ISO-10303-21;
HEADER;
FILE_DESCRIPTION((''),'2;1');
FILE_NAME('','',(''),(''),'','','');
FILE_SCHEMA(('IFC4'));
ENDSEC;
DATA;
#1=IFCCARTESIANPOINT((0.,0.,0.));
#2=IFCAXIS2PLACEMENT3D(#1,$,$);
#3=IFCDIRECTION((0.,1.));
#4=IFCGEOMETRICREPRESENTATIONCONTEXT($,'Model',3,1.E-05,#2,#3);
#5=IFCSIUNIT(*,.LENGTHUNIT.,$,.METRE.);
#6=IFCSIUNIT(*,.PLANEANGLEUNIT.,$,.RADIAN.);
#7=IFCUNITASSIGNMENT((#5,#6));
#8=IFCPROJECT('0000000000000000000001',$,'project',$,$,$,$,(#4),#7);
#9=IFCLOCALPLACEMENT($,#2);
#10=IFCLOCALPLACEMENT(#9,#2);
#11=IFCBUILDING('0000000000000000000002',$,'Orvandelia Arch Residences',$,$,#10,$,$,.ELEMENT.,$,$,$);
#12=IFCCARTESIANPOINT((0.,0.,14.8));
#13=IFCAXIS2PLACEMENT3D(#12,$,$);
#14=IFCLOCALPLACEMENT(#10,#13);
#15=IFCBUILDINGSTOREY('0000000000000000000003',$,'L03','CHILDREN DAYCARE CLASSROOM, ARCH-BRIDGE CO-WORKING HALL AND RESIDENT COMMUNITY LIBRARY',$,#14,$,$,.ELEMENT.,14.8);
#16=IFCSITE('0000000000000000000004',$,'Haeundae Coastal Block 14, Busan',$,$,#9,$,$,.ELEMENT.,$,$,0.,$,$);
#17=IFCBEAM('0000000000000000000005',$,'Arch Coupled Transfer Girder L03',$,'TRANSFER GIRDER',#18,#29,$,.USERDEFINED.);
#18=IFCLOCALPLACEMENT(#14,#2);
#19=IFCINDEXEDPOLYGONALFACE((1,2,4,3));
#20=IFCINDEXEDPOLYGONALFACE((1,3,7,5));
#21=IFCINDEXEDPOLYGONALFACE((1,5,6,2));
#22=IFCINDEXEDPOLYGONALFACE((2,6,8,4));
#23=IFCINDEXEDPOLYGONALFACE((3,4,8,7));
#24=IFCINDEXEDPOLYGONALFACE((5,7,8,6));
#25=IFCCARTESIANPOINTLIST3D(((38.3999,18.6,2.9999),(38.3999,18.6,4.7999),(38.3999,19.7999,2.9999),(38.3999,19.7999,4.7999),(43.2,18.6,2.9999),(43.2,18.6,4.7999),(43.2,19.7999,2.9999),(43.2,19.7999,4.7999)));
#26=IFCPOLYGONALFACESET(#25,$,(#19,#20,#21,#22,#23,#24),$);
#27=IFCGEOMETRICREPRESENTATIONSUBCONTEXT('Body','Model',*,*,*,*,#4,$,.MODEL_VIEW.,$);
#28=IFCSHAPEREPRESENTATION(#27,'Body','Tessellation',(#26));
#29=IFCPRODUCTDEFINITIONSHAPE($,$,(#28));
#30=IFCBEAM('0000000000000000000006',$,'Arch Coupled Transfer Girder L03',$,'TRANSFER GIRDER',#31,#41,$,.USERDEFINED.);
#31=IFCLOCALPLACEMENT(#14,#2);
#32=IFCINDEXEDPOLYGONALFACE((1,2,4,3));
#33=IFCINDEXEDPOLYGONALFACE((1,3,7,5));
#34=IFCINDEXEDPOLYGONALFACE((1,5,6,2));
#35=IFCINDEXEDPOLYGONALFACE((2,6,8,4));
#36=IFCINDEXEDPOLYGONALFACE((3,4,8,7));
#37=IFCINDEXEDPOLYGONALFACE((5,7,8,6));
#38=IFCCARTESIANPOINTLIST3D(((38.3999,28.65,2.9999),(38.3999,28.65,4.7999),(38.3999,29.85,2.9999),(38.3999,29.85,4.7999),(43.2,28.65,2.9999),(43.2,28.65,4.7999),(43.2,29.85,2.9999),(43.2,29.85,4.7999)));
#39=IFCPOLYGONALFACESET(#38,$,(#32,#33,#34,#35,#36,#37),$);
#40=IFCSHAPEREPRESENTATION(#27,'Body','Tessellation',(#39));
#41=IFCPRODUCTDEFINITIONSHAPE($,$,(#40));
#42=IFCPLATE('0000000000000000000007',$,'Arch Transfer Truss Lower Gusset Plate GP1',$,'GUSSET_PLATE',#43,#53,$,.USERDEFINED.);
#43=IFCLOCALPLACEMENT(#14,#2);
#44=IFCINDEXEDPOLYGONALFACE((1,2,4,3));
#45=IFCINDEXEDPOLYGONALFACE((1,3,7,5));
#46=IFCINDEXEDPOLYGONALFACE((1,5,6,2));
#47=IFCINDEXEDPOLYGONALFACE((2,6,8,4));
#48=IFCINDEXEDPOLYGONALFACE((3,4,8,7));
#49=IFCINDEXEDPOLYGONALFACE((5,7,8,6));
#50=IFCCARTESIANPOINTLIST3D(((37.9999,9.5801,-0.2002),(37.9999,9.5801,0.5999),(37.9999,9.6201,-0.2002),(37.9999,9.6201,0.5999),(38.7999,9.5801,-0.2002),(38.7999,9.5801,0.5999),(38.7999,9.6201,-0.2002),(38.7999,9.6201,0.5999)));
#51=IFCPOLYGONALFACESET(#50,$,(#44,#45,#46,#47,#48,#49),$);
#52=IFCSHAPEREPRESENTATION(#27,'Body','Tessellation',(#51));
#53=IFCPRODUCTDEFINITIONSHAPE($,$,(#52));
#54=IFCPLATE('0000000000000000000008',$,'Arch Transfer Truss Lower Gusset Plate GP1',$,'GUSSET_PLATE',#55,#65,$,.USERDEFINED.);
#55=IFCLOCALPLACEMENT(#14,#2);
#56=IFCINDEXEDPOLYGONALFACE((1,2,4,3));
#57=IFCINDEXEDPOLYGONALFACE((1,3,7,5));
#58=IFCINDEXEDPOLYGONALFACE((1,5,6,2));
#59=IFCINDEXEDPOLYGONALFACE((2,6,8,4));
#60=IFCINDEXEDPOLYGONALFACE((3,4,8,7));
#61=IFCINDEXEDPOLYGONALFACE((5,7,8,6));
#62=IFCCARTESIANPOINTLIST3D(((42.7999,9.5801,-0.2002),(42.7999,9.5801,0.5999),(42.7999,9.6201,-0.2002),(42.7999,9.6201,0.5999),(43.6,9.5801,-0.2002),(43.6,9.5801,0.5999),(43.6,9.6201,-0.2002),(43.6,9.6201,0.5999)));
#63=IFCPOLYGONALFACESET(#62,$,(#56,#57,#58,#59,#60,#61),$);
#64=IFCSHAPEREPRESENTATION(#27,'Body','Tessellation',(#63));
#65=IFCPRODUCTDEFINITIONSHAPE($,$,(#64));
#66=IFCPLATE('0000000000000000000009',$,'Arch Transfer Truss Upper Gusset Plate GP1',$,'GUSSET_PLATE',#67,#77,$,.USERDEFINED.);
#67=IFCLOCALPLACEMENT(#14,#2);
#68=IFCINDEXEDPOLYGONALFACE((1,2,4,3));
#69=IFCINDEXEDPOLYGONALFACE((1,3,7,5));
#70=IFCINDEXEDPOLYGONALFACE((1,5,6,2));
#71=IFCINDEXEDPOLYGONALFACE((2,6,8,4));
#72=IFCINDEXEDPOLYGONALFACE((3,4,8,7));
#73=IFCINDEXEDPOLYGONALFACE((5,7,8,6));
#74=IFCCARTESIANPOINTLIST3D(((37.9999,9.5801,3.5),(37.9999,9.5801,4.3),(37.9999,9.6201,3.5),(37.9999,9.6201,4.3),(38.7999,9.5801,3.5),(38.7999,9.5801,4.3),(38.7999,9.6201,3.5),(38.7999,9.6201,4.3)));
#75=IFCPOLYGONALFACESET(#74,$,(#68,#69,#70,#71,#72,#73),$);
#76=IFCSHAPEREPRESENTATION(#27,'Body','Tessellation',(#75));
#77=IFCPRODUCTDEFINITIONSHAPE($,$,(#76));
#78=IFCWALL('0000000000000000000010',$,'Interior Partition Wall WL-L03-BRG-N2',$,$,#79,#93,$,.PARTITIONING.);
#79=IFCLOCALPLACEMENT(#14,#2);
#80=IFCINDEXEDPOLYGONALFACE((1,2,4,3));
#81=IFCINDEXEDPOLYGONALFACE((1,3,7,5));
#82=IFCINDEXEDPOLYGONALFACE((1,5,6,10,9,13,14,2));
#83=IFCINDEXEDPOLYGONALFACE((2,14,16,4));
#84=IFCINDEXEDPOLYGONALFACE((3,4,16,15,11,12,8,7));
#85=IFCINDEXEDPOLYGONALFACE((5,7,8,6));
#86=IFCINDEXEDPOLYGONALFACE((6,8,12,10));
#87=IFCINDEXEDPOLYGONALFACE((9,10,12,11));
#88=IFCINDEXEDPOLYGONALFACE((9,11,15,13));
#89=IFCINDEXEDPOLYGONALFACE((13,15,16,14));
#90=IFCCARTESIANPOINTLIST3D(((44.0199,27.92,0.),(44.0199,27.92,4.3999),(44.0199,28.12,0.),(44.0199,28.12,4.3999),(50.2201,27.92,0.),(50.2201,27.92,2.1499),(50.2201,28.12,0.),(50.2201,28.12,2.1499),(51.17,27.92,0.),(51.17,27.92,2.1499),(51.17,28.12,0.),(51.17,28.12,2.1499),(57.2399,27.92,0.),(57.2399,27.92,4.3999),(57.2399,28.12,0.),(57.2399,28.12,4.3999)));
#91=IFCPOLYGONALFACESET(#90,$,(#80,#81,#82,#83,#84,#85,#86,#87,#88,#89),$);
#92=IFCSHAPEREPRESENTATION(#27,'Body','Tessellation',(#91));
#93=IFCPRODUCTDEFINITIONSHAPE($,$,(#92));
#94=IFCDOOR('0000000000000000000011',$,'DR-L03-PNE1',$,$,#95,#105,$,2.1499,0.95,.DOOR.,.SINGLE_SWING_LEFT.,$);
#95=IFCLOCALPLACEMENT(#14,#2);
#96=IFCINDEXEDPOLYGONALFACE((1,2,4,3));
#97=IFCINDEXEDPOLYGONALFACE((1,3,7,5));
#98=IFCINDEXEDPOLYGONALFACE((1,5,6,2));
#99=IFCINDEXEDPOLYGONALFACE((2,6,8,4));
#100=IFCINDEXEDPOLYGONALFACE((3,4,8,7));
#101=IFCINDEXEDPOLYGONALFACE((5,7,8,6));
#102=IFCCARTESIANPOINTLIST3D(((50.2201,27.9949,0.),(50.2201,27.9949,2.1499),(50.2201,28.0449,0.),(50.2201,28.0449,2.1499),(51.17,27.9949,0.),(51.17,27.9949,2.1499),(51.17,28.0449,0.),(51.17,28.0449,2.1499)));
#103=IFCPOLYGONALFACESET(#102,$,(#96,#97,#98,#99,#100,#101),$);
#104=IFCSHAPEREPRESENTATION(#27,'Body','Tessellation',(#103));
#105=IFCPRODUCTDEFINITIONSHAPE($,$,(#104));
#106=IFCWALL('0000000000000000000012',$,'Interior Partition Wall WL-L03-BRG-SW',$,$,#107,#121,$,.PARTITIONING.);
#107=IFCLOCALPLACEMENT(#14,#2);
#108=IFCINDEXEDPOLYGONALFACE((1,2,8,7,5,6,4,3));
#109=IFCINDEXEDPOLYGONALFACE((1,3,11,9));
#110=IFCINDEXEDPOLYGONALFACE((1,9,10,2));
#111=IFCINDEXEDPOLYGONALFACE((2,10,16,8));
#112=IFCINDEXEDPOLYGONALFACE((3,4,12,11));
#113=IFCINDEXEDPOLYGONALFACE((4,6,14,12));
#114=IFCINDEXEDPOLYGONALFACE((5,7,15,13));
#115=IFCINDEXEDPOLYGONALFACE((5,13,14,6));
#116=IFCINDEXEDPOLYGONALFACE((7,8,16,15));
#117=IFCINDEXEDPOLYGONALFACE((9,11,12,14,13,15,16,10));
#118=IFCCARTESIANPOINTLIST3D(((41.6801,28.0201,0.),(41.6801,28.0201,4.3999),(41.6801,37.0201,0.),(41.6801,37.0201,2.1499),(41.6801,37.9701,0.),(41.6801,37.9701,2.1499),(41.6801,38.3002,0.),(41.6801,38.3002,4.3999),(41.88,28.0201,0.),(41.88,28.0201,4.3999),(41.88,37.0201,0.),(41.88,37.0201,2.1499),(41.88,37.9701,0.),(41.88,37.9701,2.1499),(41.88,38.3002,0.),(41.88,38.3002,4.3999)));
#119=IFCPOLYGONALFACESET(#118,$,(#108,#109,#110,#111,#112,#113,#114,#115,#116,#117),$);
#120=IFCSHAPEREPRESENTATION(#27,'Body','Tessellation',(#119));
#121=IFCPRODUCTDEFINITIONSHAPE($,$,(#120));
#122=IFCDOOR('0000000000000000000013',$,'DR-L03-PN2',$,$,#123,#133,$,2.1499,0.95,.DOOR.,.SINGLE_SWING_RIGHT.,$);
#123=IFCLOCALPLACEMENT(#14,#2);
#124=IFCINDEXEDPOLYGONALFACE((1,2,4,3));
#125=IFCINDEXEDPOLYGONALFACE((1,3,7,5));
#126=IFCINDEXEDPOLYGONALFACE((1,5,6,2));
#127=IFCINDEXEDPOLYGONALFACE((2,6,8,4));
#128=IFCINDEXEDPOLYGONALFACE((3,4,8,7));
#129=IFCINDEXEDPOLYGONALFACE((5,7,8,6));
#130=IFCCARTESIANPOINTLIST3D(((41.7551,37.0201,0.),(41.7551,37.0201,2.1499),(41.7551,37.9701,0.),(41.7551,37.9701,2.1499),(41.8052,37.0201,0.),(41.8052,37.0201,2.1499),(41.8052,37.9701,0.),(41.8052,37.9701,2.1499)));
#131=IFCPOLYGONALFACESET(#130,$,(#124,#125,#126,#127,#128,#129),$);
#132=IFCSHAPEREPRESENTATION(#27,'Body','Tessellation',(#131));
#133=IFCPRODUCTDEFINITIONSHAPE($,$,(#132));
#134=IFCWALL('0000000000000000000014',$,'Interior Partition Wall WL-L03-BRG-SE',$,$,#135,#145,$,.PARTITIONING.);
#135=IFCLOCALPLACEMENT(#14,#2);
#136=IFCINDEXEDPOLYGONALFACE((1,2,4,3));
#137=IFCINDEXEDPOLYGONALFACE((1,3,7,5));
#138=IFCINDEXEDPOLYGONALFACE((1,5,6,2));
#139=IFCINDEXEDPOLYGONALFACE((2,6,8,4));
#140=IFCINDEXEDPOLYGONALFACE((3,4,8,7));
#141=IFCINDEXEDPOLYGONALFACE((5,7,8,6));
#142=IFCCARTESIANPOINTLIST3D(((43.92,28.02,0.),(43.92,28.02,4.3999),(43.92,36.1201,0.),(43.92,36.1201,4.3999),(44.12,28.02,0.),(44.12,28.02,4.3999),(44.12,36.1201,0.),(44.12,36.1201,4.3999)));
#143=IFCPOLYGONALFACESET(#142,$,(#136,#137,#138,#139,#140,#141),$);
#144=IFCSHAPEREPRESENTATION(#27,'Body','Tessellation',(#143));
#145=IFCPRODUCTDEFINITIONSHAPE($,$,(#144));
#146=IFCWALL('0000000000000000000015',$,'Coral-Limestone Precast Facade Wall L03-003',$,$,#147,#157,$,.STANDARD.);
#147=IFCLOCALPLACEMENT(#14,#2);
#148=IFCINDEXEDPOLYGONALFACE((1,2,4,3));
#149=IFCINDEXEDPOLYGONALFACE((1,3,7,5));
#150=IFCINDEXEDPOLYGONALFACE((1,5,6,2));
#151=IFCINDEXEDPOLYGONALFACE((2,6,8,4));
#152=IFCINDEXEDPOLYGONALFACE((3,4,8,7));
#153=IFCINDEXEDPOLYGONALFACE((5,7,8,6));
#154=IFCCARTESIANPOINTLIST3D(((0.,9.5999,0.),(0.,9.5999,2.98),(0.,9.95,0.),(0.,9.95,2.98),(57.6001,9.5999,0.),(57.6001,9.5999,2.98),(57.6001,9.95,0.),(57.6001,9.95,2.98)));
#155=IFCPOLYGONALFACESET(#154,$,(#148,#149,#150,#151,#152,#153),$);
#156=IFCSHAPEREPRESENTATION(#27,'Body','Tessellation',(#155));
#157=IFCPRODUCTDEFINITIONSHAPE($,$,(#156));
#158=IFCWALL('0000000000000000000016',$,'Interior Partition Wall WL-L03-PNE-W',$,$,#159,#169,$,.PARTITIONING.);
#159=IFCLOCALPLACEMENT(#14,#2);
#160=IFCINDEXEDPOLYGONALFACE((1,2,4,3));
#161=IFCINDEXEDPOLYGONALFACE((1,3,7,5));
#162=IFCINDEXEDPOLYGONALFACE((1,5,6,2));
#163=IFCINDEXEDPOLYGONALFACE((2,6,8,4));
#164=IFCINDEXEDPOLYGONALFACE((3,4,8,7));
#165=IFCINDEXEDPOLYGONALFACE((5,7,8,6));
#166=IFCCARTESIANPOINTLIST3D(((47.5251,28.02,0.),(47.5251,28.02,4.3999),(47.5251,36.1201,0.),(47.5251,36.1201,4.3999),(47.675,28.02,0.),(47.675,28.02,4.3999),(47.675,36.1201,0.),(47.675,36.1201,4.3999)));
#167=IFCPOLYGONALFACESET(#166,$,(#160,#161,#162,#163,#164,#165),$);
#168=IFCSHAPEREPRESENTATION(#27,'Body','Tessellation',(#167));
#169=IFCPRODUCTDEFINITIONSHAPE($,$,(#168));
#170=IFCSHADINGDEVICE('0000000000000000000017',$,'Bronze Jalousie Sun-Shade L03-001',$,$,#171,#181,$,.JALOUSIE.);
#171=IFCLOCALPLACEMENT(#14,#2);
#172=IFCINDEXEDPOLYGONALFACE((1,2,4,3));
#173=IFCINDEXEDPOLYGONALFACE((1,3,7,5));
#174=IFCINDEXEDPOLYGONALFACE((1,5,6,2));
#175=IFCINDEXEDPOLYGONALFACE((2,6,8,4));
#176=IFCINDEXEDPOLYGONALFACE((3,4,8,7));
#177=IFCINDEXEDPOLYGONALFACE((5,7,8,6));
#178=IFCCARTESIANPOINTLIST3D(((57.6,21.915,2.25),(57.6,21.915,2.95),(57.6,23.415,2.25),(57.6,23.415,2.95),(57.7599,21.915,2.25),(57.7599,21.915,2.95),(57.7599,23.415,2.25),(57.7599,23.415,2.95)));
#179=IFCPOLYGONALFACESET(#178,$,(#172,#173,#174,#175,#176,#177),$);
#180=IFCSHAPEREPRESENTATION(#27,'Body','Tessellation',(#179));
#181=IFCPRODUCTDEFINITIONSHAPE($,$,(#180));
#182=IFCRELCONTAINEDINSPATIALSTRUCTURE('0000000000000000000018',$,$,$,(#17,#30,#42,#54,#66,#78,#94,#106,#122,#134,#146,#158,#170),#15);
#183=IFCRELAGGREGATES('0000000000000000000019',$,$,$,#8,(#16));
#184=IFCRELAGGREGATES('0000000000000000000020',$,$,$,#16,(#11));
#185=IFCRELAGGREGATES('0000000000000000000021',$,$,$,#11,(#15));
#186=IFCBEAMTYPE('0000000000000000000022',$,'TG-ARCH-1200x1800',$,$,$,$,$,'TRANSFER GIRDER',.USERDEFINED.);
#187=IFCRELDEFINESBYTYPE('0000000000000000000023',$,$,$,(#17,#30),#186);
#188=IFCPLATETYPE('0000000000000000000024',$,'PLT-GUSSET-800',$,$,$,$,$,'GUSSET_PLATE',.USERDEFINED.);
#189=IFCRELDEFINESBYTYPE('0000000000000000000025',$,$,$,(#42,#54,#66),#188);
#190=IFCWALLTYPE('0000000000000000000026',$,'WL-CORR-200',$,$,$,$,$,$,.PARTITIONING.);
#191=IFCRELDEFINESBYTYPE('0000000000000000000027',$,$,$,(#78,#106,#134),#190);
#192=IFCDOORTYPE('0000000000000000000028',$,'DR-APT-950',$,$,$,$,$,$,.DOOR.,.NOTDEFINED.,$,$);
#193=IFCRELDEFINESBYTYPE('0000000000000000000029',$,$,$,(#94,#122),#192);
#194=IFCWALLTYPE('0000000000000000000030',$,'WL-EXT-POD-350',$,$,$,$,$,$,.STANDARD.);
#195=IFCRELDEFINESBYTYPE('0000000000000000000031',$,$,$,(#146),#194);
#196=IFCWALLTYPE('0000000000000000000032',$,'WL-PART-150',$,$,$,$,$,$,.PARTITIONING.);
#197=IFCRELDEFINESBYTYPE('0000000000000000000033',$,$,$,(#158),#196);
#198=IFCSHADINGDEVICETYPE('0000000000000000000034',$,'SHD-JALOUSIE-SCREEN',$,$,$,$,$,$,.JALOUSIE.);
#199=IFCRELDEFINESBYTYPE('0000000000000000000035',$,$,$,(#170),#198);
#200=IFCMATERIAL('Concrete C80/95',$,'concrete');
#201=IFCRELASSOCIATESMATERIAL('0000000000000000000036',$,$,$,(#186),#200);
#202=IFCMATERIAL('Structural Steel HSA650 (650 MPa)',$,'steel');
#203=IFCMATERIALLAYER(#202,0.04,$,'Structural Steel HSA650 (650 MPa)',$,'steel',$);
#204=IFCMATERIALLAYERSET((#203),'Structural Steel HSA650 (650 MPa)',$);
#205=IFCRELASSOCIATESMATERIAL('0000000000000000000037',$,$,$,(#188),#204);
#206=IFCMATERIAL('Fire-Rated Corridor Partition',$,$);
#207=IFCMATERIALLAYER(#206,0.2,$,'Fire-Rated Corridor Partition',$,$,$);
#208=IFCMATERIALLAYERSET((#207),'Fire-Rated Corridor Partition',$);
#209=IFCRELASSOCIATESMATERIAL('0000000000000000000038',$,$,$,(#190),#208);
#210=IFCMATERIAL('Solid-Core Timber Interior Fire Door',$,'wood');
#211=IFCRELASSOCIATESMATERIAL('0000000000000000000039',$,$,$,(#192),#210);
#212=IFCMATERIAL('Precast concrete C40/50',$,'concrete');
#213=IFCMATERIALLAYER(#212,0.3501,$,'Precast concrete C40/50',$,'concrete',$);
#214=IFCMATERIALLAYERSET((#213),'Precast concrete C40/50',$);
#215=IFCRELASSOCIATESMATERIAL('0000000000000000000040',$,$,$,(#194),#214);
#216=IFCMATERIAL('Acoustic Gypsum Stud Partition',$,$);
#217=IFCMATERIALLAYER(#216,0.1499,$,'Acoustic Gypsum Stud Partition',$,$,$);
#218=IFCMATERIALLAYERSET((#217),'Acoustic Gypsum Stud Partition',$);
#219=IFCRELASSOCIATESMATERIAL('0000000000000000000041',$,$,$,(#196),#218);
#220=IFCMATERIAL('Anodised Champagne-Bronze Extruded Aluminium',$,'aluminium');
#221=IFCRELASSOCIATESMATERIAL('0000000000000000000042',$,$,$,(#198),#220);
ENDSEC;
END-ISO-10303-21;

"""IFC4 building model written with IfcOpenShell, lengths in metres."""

from ifc_helpers import new_model, si_unit, direction, frame, frame_2d, origin, origin_2d, place, context, subcontext, project, spatial, rectangle, extrude, material, layer, layer_set, material_profile, profile_set, type_object, element, fill, save


model = new_model("IFC4")

# Units and contexts
model_context = context("Model", 3, precision=1e-05, world=origin(), true_north=direction((0.0, 1.0)))
body_context = subcontext(model_context, "Body", "Model", "MODEL_VIEW")
ifc_project = project(units=[si_unit("LENGTHUNIT", "METRE"), si_unit("PLANEANGLEUNIT", "RADIAN")], contexts=[model_context])

# Site, building, storey
site_placement = place(None, origin())
site = spatial("IfcSite", under=ifc_project, at=site_placement, Name="Haeundae Coastal Block 14, Busan", CompositionType="ELEMENT", RefElevation=0.0)
building_placement = place(site_placement, origin())
building = spatial("IfcBuilding", under=site, at=building_placement, Name="Orvandelia Arch Residences", CompositionType="ELEMENT")
storey_placement = place(building_placement, frame((0.0, 0.0, 14.8)))
storey = spatial("IfcBuildingStorey", under=building, at=storey_placement, Name="L03", Description="CHILDREN DAYCARE CLASSROOM, ARCH-BRIDGE CO-WORKING HALL AND RESIDENT COMMUNITY LIBRARY", CompositionType="ELEMENT", Elevation=14.8)

# Shared definitions
ifc_material_1 = material(Name="Concrete C80/95", Category="concrete")
ifc_material_2 = material(Name="Structural Steel HSA650 (650 MPa)", Category="steel")

# Beams
ifc_material_profile_1 = material_profile(ifc_material_1, rectangle(XDim=1.2, YDim=1.8, at=origin_2d()), Name="Concrete C80/95", Category="concrete")
ifc_profile_set_1 = profile_set([ifc_material_profile_1], Name="Concrete C80/95")
beam_type_1 = type_object("IfcBeamType", Name="TG-ARCH-1200x1800", ElementType="TRANSFER GIRDER", PredefinedType="USERDEFINED", material=ifc_profile_set_1)
for number, where, z_axis, x_axis, name in (
    (1, (38.3999, 19.2, 3.8999), (1.0, 0.0, 0.0), (0.0, 1.0, 0.0), "Arch Coupled Transfer Girder L03"),
    (2, (38.3999, 29.25, 3.8999), (1.0, 0.0, 0.0), (0.0, 1.0, 0.0), "Arch Coupled Transfer Girder L03"),
):
    element("IfcBeam", number, at=place(storey_placement, frame(where, z_axis=z_axis, x_axis=x_axis)), inside=storey, type_object=beam_type_1, Name=name, ObjectType="TRANSFER GIRDER", PredefinedType="USERDEFINED", context=body_context, shape_type="SweptSolid", body=[
        extrude(rectangle(XDim=1.2, YDim=1.8, at=origin_2d()), origin(), (0.0, 0.0, 1.0), 4.8),
    ])

# Plates
ifc_layer_1 = layer(ifc_material_2, 0.04, Name="Structural Steel HSA650 (650 MPa)", Category="steel")
ifc_layer_set_1 = layer_set([ifc_layer_1], Name="Structural Steel HSA650 (650 MPa)")
plate_type = type_object("IfcPlateType", Name="PLT-GUSSET-800", ElementType="GUSSET_PLATE", PredefinedType="USERDEFINED", material=ifc_layer_set_1)
for number, where, z_axis, x_axis, name in (
    (3, (38.3999, 9.6001, -0.2002), (0.0, 0.0, 1.0), (1.0, 0.0, 0.0), "Arch Transfer Truss Lower Gusset Plate GP1"),
    (4, (43.2, 9.6001, -0.2002), (0.0, 0.0, 1.0), (1.0, 0.0, 0.0), "Arch Transfer Truss Lower Gusset Plate GP1"),
    (5, (38.3999, 9.6001, 3.5), (0.0, 0.0, 1.0), (1.0, 0.0, 0.0), "Arch Transfer Truss Upper Gusset Plate GP1"),
):
    element("IfcPlate", number, at=place(storey_placement, frame(where, z_axis=z_axis, x_axis=x_axis)), inside=storey, type_object=plate_type, Name=name, ObjectType="GUSSET_PLATE", PredefinedType="USERDEFINED", context=body_context, shape_type="SweptSolid", body=[
        extrude(rectangle(XDim=0.8, YDim=0.04, at=origin_2d()), origin(), (0.0, 0.0, 1.0), 0.8),
    ])

# Walls, openings, doors
ifc_material_3 = material(Name="Fire-Rated Corridor Partition")
ifc_layer_2 = layer(ifc_material_3, 0.2, Name="Fire-Rated Corridor Partition")
ifc_layer_set_2 = layer_set([ifc_layer_2], Name="Fire-Rated Corridor Partition")
wall_type_1 = type_object("IfcWallType", Name="WL-CORR-200", PredefinedType="PARTITIONING", material=ifc_layer_set_2)
wall_1_placement = place(storey_placement, frame((44.02, 28.02, 0.0), z_axis=(0.0, 0.0, 1.0), x_axis=(1.0, 0.0, 0.0)))
wall_1 = element("IfcWall", 6, at=wall_1_placement, inside=storey, type_object=wall_type_1, Name="Interior Partition Wall WL-L03-BRG-N2", PredefinedType="PARTITIONING", context=body_context, shape_type="SweptSolid", body=[
    extrude(rectangle(XDim=13.22, YDim=0.2, at=frame_2d((6.6099, 0.0))), origin(), (0.0, 0.0, 1.0), 4.3999),
])
opening_1_placement = place(wall_1_placement, frame((6.2, 0.0, 0.0)))
opening_1 = element("IfcOpeningElement", 7, at=opening_1_placement, cuts=wall_1, PredefinedType="OPENING", context=body_context, shape_type="SweptSolid", body=[
    extrude(rectangle(XDim=0.95, YDim=2.1499, at=frame_2d((0.4751, 1.075))), frame((0.0, 0.1099, 0.0), z_axis=(0.0, -1.0, 0.0), x_axis=(1.0, 0.0, 0.0)), (0.0, 0.0, 1.0), 0.22),
])
ifc_material_4 = material(Name="Solid-Core Timber Interior Fire Door", Category="wood")
door_type = type_object("IfcDoorType", Name="DR-APT-950", OperationType="NOTDEFINED", PredefinedType="DOOR", material=ifc_material_4)
door_1_placement = place(opening_1_placement, origin())
door_1 = element("IfcDoor", 8, at=door_1_placement, inside=storey, type_object=door_type, Name="DR-L03-PNE1", OperationType="SINGLE_SWING_LEFT", OverallHeight=2.1499, OverallWidth=0.95, PredefinedType="DOOR", context=body_context, shape_type="SweptSolid", body=[
    extrude(rectangle(XDim=0.95, YDim=2.1499, at=frame_2d((0.4751, 1.075))), frame((0.0, 0.0249, 0.0), z_axis=(0.0, -1.0, 0.0), x_axis=(1.0, 0.0, 0.0)), (0.0, 0.0, 1.0), 0.05),
])
fill(opening_1, door_1)
wall_2_placement = place(storey_placement, frame((41.78, 28.02, 0.0), z_axis=(0.0, 0.0, 1.0), x_axis=(0.0, 1.0, 0.0)))
wall_2 = element("IfcWall", 9, at=wall_2_placement, inside=storey, type_object=wall_type_1, Name="Interior Partition Wall WL-L03-BRG-SW", PredefinedType="PARTITIONING", context=body_context, shape_type="SweptSolid", body=[
    extrude(rectangle(XDim=10.28, YDim=0.2, at=frame_2d((5.1401, 0.0))), origin(), (0.0, 0.0, 1.0), 4.3999),
])
opening_2_placement = place(wall_2_placement, frame((9.0, 0.0, 0.0)))
opening_2 = element("IfcOpeningElement", 10, at=opening_2_placement, cuts=wall_2, PredefinedType="OPENING", context=body_context, shape_type="SweptSolid", body=[
    extrude(rectangle(XDim=0.95, YDim=2.1499, at=frame_2d((0.4751, 1.075))), frame((0.0, 0.1099, 0.0), z_axis=(0.0, -1.0, 0.0), x_axis=(1.0, 0.0, 0.0)), (0.0, 0.0, 1.0), 0.22),
])
door_2_placement = place(opening_2_placement, origin())
door_2 = element("IfcDoor", 11, at=door_2_placement, inside=storey, type_object=door_type, Name="DR-L03-PN2", OperationType="SINGLE_SWING_RIGHT", OverallHeight=2.1499, OverallWidth=0.95, PredefinedType="DOOR", context=body_context, shape_type="SweptSolid", body=[
    extrude(rectangle(XDim=0.95, YDim=2.1499, at=frame_2d((0.4751, 1.075))), frame((0.0, 0.0249, 0.0), z_axis=(0.0, -1.0, 0.0), x_axis=(1.0, 0.0, 0.0)), (0.0, 0.0, 1.0), 0.05),
])
fill(opening_2, door_2)

# Walls
wall_3_placement = place(storey_placement, frame((44.02, 28.02, 0.0), z_axis=(0.0, 0.0, 1.0), x_axis=(0.0, 1.0, 0.0)))
element("IfcWall", 12, at=wall_3_placement, inside=storey, type_object=wall_type_1, Name="Interior Partition Wall WL-L03-BRG-SE", PredefinedType="PARTITIONING", context=body_context, shape_type="SweptSolid", body=[
    extrude(rectangle(XDim=8.1001, YDim=0.2, at=frame_2d((4.05, 0.0))), origin(), (0.0, 0.0, 1.0), 4.3999),
])
ifc_material_5 = material(Name="Precast concrete C40/50", Category="concrete")
ifc_layer_3 = layer(ifc_material_5, 0.3501, Name="Precast concrete C40/50", Category="concrete")
ifc_layer_set_3 = layer_set([ifc_layer_3], Name="Precast concrete C40/50")
wall_type_2 = type_object("IfcWallType", Name="WL-EXT-POD-350", PredefinedType="STANDARD", material=ifc_layer_set_3)
wall_4_placement = place(storey_placement, frame((57.6001, 9.7749, 0.0), z_axis=(0.0, 0.0, 1.0), x_axis=(-1.0, 0.0, 0.0)))
element("IfcWall", 13, at=wall_4_placement, inside=storey, type_object=wall_type_2, Name="Coral-Limestone Precast Facade Wall L03-003", PredefinedType="STANDARD", context=body_context, shape_type="SweptSolid", body=[
    extrude(rectangle(XDim=57.6001, YDim=0.3501, at=frame_2d((28.8, 0.0))), origin(), (0.0, 0.0, 1.0), 2.98),
])
ifc_material_6 = material(Name="Acoustic Gypsum Stud Partition")
ifc_layer_4 = layer(ifc_material_6, 0.1499, Name="Acoustic Gypsum Stud Partition")
ifc_layer_set_4 = layer_set([ifc_layer_4], Name="Acoustic Gypsum Stud Partition")
wall_type_3 = type_object("IfcWallType", Name="WL-PART-150", PredefinedType="PARTITIONING", material=ifc_layer_set_4)
wall_5_placement = place(storey_placement, frame((47.6001, 28.02, 0.0), z_axis=(0.0, 0.0, 1.0), x_axis=(0.0, 1.0, 0.0)))
element("IfcWall", 14, at=wall_5_placement, inside=storey, type_object=wall_type_3, Name="Interior Partition Wall WL-L03-PNE-W", PredefinedType="PARTITIONING", context=body_context, shape_type="SweptSolid", body=[
    extrude(rectangle(XDim=8.1001, YDim=0.1499, at=frame_2d((4.05, 0.0))), origin(), (0.0, 0.0, 1.0), 4.3999),
])

# Shading device
ifc_material_7 = material(Name="Anodised Champagne-Bronze Extruded Aluminium", Category="aluminium")
shading_device_type = type_object("IfcShadingDeviceType", Name="SHD-JALOUSIE-SCREEN", PredefinedType="JALOUSIE", material=ifc_material_7)
shading_device_placement = place(storey_placement, frame((57.6799, 22.665, 2.25), z_axis=(0.0, 0.0, 1.0), x_axis=(0.0, -1.0, 0.0)))
element("IfcShadingDevice", 15, at=shading_device_placement, inside=storey, type_object=shading_device_type, Name="Bronze Jalousie Sun-Shade L03-001", PredefinedType="JALOUSIE", context=body_context, shape_type="SweptSolid", body=[
    extrude(rectangle(XDim=1.5, YDim=0.1599, at=origin_2d()), origin(), (0.0, 0.0, 1.0), 0.7),
])

save(model, "model.ifc")
